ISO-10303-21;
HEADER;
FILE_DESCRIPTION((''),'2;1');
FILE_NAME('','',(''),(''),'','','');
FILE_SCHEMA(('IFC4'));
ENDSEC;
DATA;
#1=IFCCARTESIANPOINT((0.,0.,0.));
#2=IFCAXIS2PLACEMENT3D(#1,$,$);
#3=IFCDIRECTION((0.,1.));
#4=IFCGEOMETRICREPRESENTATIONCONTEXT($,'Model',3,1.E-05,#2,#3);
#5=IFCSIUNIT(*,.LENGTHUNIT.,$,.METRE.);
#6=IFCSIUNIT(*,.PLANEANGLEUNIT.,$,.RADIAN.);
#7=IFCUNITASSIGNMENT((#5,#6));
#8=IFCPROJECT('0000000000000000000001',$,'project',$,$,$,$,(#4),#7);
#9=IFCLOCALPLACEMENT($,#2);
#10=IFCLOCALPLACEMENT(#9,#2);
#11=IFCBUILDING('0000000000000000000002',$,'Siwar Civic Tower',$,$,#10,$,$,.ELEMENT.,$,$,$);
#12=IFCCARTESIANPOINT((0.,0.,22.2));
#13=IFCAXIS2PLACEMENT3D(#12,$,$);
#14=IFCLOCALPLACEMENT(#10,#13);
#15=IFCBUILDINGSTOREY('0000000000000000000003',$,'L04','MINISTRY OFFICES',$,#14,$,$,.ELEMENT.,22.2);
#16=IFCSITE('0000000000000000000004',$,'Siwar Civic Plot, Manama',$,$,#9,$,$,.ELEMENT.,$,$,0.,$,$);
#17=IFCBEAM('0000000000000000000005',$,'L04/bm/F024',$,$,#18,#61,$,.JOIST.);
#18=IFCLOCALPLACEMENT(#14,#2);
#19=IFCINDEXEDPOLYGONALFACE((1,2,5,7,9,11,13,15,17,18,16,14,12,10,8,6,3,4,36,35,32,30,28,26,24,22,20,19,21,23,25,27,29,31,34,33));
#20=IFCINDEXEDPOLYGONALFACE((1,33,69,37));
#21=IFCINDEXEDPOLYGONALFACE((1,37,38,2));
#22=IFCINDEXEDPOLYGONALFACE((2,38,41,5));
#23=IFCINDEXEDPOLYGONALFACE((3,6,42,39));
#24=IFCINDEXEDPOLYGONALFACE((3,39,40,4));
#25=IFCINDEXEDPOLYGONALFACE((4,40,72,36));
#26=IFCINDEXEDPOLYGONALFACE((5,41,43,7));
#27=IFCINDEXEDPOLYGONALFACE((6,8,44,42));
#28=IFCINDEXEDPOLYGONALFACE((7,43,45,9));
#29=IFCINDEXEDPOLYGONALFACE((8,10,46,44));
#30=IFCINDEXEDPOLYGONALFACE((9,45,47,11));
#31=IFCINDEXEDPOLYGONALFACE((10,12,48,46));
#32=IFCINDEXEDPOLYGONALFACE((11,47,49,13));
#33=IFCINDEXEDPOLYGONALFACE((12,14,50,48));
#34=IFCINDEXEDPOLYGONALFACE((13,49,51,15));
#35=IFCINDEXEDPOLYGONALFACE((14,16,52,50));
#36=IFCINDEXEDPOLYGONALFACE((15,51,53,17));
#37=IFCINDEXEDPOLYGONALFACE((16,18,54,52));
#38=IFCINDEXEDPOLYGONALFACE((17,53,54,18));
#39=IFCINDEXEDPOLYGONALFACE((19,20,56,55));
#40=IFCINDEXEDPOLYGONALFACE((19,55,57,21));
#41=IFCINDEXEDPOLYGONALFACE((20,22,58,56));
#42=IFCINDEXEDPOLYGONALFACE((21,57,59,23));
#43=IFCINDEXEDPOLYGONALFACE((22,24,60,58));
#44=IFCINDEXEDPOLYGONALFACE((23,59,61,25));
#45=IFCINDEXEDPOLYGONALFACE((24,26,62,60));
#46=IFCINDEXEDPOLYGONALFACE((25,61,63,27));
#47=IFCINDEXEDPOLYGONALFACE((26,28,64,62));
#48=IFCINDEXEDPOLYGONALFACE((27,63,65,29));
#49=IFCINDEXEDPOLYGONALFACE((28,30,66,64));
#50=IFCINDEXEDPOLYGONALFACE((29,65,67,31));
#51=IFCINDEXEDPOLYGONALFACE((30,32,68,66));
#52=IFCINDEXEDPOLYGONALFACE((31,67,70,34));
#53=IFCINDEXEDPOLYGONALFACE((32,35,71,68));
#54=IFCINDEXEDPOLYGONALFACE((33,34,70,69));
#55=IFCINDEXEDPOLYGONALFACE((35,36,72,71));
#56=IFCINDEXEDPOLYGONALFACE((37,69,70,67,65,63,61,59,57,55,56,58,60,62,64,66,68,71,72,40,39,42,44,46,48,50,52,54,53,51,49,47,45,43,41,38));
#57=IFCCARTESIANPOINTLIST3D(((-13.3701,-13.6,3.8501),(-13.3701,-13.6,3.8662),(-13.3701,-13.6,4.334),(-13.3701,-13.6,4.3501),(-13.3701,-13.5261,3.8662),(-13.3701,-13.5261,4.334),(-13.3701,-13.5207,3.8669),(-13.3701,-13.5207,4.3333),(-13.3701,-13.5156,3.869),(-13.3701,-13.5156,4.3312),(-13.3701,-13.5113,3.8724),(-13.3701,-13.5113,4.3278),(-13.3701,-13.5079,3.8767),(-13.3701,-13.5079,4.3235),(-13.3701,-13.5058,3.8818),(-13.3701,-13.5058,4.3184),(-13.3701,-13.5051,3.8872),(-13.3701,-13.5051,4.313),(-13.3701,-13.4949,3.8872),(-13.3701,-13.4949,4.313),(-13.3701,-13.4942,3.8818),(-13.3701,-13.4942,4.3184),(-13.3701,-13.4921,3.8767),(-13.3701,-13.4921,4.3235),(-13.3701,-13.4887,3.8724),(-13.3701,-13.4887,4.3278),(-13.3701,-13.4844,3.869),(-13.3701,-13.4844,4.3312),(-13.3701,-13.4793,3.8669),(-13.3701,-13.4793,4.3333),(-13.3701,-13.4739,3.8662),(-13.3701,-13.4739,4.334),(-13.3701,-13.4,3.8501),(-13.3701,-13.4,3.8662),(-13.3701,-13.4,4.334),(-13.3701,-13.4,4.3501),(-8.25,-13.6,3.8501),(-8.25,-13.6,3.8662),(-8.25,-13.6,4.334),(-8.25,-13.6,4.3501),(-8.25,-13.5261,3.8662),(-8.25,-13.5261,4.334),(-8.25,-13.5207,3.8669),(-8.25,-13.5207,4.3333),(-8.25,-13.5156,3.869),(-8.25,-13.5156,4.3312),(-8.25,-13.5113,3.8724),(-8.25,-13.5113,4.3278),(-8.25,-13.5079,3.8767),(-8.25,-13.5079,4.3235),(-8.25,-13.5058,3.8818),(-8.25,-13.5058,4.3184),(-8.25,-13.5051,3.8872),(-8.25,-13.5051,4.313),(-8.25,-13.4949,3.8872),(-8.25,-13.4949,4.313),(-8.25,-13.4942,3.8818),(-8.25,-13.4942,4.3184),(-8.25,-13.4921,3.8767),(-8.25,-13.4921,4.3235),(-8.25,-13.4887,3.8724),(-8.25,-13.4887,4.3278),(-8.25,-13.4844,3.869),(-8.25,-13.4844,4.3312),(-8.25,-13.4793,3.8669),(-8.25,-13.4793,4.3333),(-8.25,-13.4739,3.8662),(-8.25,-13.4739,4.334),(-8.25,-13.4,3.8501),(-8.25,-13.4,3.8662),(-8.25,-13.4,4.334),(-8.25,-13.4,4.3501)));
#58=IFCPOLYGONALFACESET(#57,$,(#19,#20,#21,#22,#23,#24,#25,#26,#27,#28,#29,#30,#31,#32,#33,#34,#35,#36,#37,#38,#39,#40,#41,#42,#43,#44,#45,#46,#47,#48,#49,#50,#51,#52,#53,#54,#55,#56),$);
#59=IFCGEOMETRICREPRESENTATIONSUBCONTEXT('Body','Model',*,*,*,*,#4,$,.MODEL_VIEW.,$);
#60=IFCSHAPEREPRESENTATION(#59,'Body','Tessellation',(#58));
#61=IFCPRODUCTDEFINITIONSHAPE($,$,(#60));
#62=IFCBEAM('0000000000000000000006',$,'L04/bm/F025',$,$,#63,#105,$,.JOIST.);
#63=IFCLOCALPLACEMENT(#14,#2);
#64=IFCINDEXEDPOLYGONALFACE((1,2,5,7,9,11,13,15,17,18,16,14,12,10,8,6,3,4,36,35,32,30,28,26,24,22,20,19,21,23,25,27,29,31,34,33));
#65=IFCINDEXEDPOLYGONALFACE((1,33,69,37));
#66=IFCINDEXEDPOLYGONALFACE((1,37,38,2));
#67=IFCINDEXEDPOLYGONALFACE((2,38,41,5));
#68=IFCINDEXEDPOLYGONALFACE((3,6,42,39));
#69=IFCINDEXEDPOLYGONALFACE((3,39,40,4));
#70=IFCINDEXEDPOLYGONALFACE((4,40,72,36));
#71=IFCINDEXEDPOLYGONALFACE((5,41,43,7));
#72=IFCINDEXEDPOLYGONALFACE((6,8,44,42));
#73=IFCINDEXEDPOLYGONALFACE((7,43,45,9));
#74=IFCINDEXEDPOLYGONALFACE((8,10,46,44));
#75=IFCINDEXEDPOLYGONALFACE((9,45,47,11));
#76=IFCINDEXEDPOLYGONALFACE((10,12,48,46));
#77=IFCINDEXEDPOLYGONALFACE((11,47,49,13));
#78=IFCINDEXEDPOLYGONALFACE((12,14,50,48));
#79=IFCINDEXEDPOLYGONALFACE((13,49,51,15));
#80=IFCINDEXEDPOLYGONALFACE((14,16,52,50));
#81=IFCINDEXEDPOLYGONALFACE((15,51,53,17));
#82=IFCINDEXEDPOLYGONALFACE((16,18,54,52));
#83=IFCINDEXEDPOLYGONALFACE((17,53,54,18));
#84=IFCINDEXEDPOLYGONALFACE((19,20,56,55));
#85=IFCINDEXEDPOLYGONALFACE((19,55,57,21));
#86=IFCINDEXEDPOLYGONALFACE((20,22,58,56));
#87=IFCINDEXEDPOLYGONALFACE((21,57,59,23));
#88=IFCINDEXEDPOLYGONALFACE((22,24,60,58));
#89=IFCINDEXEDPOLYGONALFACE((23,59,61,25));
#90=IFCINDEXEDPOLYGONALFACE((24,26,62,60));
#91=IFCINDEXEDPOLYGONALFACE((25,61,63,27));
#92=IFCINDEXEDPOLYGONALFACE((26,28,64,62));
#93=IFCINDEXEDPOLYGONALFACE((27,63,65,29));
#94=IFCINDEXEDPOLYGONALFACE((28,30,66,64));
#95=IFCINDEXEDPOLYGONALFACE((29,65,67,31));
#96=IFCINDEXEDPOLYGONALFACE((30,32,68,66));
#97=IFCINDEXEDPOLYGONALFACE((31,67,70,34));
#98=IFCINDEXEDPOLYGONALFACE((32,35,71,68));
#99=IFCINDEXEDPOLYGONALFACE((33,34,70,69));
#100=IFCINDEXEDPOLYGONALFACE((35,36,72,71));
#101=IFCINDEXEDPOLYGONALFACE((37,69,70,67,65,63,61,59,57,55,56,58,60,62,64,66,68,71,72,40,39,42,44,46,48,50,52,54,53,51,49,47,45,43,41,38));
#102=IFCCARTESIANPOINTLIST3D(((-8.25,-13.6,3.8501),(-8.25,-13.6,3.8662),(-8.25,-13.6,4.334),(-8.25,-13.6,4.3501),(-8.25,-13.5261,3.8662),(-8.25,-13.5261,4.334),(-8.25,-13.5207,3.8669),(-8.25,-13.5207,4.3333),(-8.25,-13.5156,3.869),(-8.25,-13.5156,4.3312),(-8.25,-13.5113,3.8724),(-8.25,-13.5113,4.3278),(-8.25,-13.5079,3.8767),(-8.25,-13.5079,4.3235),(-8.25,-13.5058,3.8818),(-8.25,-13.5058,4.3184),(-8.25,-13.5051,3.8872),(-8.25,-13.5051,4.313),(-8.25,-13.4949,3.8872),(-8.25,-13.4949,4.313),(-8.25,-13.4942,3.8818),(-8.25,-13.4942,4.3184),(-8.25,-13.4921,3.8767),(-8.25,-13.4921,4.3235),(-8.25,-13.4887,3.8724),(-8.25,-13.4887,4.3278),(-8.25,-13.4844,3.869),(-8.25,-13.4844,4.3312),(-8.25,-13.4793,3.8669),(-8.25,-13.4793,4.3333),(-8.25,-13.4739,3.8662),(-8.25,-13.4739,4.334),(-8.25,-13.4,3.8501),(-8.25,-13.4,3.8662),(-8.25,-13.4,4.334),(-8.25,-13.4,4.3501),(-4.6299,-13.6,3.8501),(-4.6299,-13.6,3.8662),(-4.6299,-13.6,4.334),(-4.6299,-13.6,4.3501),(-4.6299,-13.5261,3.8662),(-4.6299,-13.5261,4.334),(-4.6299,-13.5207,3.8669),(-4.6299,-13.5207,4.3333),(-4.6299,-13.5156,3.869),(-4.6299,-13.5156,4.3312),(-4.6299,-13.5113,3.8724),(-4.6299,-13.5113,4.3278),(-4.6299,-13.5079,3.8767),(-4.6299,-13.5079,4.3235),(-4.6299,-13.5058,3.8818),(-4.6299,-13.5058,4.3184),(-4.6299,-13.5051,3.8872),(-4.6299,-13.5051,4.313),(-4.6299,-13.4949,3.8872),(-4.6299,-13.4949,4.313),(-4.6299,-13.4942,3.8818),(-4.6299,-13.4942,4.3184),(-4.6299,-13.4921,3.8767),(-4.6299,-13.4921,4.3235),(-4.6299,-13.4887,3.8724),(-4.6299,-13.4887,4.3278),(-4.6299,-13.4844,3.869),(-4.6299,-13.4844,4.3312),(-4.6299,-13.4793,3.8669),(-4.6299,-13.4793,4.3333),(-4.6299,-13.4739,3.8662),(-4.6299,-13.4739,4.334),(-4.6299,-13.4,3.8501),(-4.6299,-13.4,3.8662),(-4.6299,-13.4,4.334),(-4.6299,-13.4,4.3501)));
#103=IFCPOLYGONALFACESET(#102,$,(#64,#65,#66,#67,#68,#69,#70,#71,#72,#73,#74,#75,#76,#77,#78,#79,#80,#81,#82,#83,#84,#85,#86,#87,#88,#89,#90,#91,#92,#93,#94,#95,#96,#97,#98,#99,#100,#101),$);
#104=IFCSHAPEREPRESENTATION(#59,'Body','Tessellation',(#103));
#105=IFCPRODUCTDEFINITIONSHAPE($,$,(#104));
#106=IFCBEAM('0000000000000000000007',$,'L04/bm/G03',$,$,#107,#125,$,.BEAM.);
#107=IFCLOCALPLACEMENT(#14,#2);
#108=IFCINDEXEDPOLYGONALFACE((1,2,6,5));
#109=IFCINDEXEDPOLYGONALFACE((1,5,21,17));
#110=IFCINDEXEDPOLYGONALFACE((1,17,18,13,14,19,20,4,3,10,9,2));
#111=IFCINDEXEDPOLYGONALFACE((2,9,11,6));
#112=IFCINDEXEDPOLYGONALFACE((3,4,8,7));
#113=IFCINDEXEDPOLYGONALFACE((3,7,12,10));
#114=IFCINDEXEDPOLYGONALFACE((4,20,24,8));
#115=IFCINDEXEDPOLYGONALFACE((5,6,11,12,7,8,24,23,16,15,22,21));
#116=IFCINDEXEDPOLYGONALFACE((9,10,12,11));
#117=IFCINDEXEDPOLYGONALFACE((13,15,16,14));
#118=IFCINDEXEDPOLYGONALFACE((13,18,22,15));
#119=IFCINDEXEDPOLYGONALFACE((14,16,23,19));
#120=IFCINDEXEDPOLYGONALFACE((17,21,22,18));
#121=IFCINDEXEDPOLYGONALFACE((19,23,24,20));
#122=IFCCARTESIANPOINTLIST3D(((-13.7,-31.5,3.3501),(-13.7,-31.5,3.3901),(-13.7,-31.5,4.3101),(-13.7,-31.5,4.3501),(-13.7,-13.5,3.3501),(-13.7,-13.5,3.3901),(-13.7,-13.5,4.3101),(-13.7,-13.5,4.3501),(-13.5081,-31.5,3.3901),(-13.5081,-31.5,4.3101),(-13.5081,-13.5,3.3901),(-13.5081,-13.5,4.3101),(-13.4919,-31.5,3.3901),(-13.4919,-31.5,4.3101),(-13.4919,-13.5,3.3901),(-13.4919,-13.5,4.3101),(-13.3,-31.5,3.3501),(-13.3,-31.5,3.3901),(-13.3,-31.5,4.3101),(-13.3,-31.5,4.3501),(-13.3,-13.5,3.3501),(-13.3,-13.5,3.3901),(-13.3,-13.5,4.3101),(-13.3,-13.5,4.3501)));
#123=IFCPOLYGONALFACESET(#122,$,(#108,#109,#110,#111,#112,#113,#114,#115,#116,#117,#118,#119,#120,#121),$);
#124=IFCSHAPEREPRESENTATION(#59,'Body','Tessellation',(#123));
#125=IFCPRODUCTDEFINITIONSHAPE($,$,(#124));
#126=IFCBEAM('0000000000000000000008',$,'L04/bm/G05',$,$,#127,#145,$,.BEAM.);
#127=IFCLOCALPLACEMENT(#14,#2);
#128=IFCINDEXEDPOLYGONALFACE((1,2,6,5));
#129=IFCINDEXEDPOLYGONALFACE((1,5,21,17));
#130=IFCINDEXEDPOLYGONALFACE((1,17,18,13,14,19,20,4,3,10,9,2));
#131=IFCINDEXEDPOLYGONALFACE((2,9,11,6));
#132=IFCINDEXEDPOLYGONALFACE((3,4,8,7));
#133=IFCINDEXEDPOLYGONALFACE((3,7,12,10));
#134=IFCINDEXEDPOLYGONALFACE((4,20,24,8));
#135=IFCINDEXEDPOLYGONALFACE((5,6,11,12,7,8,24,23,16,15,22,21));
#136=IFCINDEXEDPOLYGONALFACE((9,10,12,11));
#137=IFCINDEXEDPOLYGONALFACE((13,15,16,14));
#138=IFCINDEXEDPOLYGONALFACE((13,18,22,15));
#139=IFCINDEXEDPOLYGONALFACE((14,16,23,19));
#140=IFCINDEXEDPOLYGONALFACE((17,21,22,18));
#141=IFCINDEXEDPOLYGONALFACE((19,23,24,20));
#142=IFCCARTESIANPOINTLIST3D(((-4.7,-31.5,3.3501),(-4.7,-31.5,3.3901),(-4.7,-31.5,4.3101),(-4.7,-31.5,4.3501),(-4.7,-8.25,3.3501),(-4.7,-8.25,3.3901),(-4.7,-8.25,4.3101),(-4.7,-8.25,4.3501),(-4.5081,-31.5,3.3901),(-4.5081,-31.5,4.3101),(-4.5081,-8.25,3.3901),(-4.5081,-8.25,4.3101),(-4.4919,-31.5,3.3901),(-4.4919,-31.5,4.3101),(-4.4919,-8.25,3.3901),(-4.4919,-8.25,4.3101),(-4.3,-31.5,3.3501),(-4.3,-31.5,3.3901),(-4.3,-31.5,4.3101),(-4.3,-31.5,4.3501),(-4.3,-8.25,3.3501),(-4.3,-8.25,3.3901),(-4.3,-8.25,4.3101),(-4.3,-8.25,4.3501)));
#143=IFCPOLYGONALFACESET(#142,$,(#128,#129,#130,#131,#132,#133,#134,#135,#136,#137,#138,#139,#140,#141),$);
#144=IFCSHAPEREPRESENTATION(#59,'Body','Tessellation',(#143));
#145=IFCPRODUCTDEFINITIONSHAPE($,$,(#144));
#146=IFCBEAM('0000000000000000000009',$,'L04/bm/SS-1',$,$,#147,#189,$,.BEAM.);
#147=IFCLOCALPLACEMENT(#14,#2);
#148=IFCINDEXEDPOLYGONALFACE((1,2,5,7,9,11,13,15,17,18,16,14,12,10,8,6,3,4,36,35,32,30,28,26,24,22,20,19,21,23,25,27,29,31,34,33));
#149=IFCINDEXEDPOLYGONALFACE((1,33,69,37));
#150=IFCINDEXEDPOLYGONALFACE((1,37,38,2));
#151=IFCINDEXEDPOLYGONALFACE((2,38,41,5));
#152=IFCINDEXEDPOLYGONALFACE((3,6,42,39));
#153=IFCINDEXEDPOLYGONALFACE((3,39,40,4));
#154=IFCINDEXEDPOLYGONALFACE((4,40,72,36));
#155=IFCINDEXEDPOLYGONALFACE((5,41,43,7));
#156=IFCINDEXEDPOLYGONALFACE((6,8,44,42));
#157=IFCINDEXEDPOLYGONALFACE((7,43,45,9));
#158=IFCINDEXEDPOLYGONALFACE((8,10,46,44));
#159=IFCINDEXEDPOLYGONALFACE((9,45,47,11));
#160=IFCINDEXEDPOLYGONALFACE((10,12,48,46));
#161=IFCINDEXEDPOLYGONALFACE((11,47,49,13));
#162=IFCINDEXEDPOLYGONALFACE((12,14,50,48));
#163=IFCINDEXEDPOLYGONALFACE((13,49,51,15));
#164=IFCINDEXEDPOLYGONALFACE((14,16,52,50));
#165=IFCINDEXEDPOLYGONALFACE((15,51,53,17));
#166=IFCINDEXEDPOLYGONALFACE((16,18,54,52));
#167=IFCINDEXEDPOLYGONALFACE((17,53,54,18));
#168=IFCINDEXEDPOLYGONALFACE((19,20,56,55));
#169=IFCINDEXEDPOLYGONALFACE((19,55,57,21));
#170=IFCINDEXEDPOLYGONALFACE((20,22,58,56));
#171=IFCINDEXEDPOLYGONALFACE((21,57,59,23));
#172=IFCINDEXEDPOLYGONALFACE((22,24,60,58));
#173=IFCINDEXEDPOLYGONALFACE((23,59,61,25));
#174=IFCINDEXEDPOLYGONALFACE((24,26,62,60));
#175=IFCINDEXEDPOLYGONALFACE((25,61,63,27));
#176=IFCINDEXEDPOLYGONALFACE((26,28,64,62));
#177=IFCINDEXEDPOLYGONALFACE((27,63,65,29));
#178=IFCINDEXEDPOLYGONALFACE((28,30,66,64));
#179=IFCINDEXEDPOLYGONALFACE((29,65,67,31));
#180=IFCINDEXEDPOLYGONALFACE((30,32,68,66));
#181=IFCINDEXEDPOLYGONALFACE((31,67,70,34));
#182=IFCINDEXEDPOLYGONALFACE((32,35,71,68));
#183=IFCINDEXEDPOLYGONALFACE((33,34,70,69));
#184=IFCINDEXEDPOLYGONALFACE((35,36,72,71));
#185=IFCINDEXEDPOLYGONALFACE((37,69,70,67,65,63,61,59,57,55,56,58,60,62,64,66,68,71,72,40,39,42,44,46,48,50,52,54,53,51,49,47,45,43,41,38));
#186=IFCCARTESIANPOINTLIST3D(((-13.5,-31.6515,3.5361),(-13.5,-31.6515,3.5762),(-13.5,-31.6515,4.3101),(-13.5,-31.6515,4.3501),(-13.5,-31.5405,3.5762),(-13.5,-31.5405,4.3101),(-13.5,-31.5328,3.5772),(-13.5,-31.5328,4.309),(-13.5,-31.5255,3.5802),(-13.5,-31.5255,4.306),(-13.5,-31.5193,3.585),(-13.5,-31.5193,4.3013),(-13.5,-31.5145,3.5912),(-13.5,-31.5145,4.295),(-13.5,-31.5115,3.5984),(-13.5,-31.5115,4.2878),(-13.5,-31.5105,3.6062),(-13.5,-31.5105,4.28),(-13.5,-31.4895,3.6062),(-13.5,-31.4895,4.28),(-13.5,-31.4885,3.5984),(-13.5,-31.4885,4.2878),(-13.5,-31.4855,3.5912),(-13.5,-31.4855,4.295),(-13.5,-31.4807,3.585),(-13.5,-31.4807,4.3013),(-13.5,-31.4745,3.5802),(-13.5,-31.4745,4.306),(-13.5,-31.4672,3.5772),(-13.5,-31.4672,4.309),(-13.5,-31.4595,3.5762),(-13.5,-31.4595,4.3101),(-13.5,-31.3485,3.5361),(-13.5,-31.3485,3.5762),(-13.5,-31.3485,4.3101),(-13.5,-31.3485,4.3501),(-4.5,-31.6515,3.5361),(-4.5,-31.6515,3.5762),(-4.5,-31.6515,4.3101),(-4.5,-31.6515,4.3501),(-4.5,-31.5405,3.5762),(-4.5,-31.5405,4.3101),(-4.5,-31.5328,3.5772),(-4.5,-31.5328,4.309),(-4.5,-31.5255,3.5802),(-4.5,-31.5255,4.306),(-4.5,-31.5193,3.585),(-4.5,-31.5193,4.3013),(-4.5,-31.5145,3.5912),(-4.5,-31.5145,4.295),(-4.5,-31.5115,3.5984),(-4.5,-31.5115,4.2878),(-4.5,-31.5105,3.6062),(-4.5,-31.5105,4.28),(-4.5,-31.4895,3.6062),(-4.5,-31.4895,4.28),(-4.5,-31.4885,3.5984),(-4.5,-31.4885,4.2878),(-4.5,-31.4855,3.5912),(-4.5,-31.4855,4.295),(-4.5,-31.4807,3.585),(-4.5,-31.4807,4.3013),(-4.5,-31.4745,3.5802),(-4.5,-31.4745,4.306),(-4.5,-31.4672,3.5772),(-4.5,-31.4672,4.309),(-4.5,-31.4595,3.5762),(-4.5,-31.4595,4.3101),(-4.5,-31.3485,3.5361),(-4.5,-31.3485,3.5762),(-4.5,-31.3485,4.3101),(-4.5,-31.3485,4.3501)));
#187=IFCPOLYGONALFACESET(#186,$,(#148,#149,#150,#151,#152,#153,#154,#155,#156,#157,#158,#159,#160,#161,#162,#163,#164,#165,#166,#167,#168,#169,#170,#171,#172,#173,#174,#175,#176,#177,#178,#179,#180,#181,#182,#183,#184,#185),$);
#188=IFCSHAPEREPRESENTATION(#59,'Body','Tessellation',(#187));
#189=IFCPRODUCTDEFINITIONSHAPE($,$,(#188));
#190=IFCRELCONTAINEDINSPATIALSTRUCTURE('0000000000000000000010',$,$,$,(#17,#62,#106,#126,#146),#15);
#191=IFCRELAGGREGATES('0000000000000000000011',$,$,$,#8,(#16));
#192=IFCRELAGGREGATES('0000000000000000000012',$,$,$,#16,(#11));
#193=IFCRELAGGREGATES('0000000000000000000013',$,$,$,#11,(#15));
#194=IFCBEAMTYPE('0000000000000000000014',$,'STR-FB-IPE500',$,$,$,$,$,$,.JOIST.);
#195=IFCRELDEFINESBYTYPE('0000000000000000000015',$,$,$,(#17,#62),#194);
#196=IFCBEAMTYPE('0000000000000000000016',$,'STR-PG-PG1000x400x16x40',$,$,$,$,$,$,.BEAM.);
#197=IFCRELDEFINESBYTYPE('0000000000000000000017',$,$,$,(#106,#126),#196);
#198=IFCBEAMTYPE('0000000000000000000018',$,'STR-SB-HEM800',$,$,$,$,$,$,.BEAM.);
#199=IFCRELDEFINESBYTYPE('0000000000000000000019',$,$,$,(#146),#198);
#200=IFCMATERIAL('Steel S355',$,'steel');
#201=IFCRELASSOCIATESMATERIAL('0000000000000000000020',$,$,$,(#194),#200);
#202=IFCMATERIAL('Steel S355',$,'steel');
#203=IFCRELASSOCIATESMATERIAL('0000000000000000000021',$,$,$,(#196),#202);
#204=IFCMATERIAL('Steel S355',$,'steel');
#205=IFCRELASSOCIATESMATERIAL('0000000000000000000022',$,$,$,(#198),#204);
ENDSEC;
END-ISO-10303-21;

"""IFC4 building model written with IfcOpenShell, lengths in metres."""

from ifc_helpers import new_model, si_unit, direction, frame, origin, origin_2d, place, context, subcontext, project, spatial, i_section, extrude, material, material_profile, profile_set, type_object, element, save


model = new_model("IFC4")

# Units and contexts
model_context = context("Model", 3, precision=1e-05, world=origin(), true_north=direction((0.0, 1.0)))
body_context = subcontext(model_context, "Body", "Model", "MODEL_VIEW")
ifc_project = project(units=[si_unit("LENGTHUNIT", "METRE"), si_unit("PLANEANGLEUNIT", "RADIAN")], contexts=[model_context])

# Site, building, storey
site_placement = place(None, origin())
site = spatial("IfcSite", under=ifc_project, at=site_placement, Name="Siwar Civic Plot, Manama", CompositionType="ELEMENT", RefElevation=0.0)
building_placement = place(site_placement, origin())
building = spatial("IfcBuilding", under=site, at=building_placement, Name="Siwar Civic Tower", CompositionType="ELEMENT")
storey_placement = place(building_placement, frame((0.0, 0.0, 22.2)))
storey = spatial("IfcBuildingStorey", under=building, at=storey_placement, Name="L04", Description="MINISTRY OFFICES", CompositionType="ELEMENT", Elevation=22.2)

# Beams
ifc_material_1 = material(Name="Steel S355", Category="steel")
ifc_material_profile_1 = material_profile(ifc_material_1, i_section(OverallWidth=0.2, OverallDepth=0.5, WebThickness=0.0103, FlangeThickness=0.0161, FilletRadius=0.021, at=origin_2d()), Name="IPE500")
ifc_profile_set_1 = profile_set([ifc_material_profile_1], Name="Steel S355")
beam_type_1 = type_object("IfcBeamType", Name="STR-FB-IPE500", PredefinedType="JOIST", material=ifc_profile_set_1)
beam_1_placement = place(storey_placement, frame((-13.3701, -13.5, 4.1001), z_axis=(1.0, 0.0, 0.0), x_axis=(0.0, 1.0, 0.0)))
element("IfcBeam", 1, at=beam_1_placement, inside=storey, type_object=beam_type_1, Name="L04/bm/F024", PredefinedType="JOIST", context=body_context, shape_type="SweptSolid", body=[
    extrude(i_section(OverallWidth=0.2, OverallDepth=0.5, WebThickness=0.0103, FlangeThickness=0.0161, FilletRadius=0.021, at=origin_2d()), origin(), (0.0, 0.0, 1.0), 5.1201),
])
beam_2_placement = place(storey_placement, frame((-8.25, -13.5, 4.1001), z_axis=(1.0, 0.0, 0.0), x_axis=(0.0, 1.0, 0.0)))
element("IfcBeam", 2, at=beam_2_placement, inside=storey, type_object=beam_type_1, Name="L04/bm/F025", PredefinedType="JOIST", context=body_context, shape_type="SweptSolid", body=[
    extrude(i_section(OverallWidth=0.2, OverallDepth=0.5, WebThickness=0.0103, FlangeThickness=0.0161, FilletRadius=0.021, at=origin_2d()), origin(), (0.0, 0.0, 1.0), 3.6201),
])
ifc_material_2 = material(Name="Steel S355", Category="steel")
ifc_material_profile_2 = material_profile(ifc_material_2, i_section(OverallWidth=0.3999, OverallDepth=1.0, WebThickness=0.0161, FlangeThickness=0.04, at=origin_2d()), Name="PG1000x400x16x40")
ifc_profile_set_2 = profile_set([ifc_material_profile_2], Name="Steel S355")
beam_type_2 = type_object("IfcBeamType", Name="STR-PG-PG1000x400x16x40", PredefinedType="BEAM", material=ifc_profile_set_2)
beam_3_placement = place(storey_placement, frame((-13.5, -31.5, 3.8501), z_axis=(0.0, 1.0, 0.0), x_axis=(-1.0, 0.0, 0.0)))
element("IfcBeam", 3, at=beam_3_placement, inside=storey, type_object=beam_type_2, Name="L04/bm/G03", PredefinedType="BEAM", context=body_context, shape_type="SweptSolid", body=[
    extrude(i_section(OverallWidth=0.3999, OverallDepth=1.0, WebThickness=0.0161, FlangeThickness=0.04, at=origin_2d()), origin(), (0.0, 0.0, 1.0), 18.0),
])
beam_4_placement = place(storey_placement, frame((-4.5, -31.5, 3.8501), z_axis=(0.0, 1.0, 0.0), x_axis=(-1.0, 0.0, 0.0)))
element("IfcBeam", 4, at=beam_4_placement, inside=storey, type_object=beam_type_2, Name="L04/bm/G05", PredefinedType="BEAM", context=body_context, shape_type="SweptSolid", body=[
    extrude(i_section(OverallWidth=0.3999, OverallDepth=1.0, WebThickness=0.0161, FlangeThickness=0.04, at=origin_2d()), origin(), (0.0, 0.0, 1.0), 23.25),
])
ifc_material_3 = material(Name="Steel S355", Category="steel")
ifc_material_profile_3 = material_profile(ifc_material_3, i_section(OverallWidth=0.303, OverallDepth=0.814, WebThickness=0.021, FlangeThickness=0.04, FilletRadius=0.03, at=origin_2d()), Name="HEM800")
ifc_profile_set_3 = profile_set([ifc_material_profile_3], Name="Steel S355")
beam_type_3 = type_object("IfcBeamType", Name="STR-SB-HEM800", PredefinedType="BEAM", material=ifc_profile_set_3)
for number, where, z_axis, x_axis, name in (
    (5, (-13.5, -31.5, 3.9431), (1.0, 0.0, 0.0), (0.0, 1.0, 0.0), "L04/bm/SS-1"),
):
    element("IfcBeam", number, at=place(storey_placement, frame(where, z_axis=z_axis, x_axis=x_axis)), inside=storey, type_object=beam_type_3, Name=name, PredefinedType="BEAM", context=body_context, shape_type="SweptSolid", body=[
        extrude(i_section(OverallWidth=0.303, OverallDepth=0.814, WebThickness=0.021, FlangeThickness=0.04, FilletRadius=0.03, at=origin_2d()), origin(), (0.0, 0.0, 1.0), 9.0),
    ])

save(model, "model.ifc")
